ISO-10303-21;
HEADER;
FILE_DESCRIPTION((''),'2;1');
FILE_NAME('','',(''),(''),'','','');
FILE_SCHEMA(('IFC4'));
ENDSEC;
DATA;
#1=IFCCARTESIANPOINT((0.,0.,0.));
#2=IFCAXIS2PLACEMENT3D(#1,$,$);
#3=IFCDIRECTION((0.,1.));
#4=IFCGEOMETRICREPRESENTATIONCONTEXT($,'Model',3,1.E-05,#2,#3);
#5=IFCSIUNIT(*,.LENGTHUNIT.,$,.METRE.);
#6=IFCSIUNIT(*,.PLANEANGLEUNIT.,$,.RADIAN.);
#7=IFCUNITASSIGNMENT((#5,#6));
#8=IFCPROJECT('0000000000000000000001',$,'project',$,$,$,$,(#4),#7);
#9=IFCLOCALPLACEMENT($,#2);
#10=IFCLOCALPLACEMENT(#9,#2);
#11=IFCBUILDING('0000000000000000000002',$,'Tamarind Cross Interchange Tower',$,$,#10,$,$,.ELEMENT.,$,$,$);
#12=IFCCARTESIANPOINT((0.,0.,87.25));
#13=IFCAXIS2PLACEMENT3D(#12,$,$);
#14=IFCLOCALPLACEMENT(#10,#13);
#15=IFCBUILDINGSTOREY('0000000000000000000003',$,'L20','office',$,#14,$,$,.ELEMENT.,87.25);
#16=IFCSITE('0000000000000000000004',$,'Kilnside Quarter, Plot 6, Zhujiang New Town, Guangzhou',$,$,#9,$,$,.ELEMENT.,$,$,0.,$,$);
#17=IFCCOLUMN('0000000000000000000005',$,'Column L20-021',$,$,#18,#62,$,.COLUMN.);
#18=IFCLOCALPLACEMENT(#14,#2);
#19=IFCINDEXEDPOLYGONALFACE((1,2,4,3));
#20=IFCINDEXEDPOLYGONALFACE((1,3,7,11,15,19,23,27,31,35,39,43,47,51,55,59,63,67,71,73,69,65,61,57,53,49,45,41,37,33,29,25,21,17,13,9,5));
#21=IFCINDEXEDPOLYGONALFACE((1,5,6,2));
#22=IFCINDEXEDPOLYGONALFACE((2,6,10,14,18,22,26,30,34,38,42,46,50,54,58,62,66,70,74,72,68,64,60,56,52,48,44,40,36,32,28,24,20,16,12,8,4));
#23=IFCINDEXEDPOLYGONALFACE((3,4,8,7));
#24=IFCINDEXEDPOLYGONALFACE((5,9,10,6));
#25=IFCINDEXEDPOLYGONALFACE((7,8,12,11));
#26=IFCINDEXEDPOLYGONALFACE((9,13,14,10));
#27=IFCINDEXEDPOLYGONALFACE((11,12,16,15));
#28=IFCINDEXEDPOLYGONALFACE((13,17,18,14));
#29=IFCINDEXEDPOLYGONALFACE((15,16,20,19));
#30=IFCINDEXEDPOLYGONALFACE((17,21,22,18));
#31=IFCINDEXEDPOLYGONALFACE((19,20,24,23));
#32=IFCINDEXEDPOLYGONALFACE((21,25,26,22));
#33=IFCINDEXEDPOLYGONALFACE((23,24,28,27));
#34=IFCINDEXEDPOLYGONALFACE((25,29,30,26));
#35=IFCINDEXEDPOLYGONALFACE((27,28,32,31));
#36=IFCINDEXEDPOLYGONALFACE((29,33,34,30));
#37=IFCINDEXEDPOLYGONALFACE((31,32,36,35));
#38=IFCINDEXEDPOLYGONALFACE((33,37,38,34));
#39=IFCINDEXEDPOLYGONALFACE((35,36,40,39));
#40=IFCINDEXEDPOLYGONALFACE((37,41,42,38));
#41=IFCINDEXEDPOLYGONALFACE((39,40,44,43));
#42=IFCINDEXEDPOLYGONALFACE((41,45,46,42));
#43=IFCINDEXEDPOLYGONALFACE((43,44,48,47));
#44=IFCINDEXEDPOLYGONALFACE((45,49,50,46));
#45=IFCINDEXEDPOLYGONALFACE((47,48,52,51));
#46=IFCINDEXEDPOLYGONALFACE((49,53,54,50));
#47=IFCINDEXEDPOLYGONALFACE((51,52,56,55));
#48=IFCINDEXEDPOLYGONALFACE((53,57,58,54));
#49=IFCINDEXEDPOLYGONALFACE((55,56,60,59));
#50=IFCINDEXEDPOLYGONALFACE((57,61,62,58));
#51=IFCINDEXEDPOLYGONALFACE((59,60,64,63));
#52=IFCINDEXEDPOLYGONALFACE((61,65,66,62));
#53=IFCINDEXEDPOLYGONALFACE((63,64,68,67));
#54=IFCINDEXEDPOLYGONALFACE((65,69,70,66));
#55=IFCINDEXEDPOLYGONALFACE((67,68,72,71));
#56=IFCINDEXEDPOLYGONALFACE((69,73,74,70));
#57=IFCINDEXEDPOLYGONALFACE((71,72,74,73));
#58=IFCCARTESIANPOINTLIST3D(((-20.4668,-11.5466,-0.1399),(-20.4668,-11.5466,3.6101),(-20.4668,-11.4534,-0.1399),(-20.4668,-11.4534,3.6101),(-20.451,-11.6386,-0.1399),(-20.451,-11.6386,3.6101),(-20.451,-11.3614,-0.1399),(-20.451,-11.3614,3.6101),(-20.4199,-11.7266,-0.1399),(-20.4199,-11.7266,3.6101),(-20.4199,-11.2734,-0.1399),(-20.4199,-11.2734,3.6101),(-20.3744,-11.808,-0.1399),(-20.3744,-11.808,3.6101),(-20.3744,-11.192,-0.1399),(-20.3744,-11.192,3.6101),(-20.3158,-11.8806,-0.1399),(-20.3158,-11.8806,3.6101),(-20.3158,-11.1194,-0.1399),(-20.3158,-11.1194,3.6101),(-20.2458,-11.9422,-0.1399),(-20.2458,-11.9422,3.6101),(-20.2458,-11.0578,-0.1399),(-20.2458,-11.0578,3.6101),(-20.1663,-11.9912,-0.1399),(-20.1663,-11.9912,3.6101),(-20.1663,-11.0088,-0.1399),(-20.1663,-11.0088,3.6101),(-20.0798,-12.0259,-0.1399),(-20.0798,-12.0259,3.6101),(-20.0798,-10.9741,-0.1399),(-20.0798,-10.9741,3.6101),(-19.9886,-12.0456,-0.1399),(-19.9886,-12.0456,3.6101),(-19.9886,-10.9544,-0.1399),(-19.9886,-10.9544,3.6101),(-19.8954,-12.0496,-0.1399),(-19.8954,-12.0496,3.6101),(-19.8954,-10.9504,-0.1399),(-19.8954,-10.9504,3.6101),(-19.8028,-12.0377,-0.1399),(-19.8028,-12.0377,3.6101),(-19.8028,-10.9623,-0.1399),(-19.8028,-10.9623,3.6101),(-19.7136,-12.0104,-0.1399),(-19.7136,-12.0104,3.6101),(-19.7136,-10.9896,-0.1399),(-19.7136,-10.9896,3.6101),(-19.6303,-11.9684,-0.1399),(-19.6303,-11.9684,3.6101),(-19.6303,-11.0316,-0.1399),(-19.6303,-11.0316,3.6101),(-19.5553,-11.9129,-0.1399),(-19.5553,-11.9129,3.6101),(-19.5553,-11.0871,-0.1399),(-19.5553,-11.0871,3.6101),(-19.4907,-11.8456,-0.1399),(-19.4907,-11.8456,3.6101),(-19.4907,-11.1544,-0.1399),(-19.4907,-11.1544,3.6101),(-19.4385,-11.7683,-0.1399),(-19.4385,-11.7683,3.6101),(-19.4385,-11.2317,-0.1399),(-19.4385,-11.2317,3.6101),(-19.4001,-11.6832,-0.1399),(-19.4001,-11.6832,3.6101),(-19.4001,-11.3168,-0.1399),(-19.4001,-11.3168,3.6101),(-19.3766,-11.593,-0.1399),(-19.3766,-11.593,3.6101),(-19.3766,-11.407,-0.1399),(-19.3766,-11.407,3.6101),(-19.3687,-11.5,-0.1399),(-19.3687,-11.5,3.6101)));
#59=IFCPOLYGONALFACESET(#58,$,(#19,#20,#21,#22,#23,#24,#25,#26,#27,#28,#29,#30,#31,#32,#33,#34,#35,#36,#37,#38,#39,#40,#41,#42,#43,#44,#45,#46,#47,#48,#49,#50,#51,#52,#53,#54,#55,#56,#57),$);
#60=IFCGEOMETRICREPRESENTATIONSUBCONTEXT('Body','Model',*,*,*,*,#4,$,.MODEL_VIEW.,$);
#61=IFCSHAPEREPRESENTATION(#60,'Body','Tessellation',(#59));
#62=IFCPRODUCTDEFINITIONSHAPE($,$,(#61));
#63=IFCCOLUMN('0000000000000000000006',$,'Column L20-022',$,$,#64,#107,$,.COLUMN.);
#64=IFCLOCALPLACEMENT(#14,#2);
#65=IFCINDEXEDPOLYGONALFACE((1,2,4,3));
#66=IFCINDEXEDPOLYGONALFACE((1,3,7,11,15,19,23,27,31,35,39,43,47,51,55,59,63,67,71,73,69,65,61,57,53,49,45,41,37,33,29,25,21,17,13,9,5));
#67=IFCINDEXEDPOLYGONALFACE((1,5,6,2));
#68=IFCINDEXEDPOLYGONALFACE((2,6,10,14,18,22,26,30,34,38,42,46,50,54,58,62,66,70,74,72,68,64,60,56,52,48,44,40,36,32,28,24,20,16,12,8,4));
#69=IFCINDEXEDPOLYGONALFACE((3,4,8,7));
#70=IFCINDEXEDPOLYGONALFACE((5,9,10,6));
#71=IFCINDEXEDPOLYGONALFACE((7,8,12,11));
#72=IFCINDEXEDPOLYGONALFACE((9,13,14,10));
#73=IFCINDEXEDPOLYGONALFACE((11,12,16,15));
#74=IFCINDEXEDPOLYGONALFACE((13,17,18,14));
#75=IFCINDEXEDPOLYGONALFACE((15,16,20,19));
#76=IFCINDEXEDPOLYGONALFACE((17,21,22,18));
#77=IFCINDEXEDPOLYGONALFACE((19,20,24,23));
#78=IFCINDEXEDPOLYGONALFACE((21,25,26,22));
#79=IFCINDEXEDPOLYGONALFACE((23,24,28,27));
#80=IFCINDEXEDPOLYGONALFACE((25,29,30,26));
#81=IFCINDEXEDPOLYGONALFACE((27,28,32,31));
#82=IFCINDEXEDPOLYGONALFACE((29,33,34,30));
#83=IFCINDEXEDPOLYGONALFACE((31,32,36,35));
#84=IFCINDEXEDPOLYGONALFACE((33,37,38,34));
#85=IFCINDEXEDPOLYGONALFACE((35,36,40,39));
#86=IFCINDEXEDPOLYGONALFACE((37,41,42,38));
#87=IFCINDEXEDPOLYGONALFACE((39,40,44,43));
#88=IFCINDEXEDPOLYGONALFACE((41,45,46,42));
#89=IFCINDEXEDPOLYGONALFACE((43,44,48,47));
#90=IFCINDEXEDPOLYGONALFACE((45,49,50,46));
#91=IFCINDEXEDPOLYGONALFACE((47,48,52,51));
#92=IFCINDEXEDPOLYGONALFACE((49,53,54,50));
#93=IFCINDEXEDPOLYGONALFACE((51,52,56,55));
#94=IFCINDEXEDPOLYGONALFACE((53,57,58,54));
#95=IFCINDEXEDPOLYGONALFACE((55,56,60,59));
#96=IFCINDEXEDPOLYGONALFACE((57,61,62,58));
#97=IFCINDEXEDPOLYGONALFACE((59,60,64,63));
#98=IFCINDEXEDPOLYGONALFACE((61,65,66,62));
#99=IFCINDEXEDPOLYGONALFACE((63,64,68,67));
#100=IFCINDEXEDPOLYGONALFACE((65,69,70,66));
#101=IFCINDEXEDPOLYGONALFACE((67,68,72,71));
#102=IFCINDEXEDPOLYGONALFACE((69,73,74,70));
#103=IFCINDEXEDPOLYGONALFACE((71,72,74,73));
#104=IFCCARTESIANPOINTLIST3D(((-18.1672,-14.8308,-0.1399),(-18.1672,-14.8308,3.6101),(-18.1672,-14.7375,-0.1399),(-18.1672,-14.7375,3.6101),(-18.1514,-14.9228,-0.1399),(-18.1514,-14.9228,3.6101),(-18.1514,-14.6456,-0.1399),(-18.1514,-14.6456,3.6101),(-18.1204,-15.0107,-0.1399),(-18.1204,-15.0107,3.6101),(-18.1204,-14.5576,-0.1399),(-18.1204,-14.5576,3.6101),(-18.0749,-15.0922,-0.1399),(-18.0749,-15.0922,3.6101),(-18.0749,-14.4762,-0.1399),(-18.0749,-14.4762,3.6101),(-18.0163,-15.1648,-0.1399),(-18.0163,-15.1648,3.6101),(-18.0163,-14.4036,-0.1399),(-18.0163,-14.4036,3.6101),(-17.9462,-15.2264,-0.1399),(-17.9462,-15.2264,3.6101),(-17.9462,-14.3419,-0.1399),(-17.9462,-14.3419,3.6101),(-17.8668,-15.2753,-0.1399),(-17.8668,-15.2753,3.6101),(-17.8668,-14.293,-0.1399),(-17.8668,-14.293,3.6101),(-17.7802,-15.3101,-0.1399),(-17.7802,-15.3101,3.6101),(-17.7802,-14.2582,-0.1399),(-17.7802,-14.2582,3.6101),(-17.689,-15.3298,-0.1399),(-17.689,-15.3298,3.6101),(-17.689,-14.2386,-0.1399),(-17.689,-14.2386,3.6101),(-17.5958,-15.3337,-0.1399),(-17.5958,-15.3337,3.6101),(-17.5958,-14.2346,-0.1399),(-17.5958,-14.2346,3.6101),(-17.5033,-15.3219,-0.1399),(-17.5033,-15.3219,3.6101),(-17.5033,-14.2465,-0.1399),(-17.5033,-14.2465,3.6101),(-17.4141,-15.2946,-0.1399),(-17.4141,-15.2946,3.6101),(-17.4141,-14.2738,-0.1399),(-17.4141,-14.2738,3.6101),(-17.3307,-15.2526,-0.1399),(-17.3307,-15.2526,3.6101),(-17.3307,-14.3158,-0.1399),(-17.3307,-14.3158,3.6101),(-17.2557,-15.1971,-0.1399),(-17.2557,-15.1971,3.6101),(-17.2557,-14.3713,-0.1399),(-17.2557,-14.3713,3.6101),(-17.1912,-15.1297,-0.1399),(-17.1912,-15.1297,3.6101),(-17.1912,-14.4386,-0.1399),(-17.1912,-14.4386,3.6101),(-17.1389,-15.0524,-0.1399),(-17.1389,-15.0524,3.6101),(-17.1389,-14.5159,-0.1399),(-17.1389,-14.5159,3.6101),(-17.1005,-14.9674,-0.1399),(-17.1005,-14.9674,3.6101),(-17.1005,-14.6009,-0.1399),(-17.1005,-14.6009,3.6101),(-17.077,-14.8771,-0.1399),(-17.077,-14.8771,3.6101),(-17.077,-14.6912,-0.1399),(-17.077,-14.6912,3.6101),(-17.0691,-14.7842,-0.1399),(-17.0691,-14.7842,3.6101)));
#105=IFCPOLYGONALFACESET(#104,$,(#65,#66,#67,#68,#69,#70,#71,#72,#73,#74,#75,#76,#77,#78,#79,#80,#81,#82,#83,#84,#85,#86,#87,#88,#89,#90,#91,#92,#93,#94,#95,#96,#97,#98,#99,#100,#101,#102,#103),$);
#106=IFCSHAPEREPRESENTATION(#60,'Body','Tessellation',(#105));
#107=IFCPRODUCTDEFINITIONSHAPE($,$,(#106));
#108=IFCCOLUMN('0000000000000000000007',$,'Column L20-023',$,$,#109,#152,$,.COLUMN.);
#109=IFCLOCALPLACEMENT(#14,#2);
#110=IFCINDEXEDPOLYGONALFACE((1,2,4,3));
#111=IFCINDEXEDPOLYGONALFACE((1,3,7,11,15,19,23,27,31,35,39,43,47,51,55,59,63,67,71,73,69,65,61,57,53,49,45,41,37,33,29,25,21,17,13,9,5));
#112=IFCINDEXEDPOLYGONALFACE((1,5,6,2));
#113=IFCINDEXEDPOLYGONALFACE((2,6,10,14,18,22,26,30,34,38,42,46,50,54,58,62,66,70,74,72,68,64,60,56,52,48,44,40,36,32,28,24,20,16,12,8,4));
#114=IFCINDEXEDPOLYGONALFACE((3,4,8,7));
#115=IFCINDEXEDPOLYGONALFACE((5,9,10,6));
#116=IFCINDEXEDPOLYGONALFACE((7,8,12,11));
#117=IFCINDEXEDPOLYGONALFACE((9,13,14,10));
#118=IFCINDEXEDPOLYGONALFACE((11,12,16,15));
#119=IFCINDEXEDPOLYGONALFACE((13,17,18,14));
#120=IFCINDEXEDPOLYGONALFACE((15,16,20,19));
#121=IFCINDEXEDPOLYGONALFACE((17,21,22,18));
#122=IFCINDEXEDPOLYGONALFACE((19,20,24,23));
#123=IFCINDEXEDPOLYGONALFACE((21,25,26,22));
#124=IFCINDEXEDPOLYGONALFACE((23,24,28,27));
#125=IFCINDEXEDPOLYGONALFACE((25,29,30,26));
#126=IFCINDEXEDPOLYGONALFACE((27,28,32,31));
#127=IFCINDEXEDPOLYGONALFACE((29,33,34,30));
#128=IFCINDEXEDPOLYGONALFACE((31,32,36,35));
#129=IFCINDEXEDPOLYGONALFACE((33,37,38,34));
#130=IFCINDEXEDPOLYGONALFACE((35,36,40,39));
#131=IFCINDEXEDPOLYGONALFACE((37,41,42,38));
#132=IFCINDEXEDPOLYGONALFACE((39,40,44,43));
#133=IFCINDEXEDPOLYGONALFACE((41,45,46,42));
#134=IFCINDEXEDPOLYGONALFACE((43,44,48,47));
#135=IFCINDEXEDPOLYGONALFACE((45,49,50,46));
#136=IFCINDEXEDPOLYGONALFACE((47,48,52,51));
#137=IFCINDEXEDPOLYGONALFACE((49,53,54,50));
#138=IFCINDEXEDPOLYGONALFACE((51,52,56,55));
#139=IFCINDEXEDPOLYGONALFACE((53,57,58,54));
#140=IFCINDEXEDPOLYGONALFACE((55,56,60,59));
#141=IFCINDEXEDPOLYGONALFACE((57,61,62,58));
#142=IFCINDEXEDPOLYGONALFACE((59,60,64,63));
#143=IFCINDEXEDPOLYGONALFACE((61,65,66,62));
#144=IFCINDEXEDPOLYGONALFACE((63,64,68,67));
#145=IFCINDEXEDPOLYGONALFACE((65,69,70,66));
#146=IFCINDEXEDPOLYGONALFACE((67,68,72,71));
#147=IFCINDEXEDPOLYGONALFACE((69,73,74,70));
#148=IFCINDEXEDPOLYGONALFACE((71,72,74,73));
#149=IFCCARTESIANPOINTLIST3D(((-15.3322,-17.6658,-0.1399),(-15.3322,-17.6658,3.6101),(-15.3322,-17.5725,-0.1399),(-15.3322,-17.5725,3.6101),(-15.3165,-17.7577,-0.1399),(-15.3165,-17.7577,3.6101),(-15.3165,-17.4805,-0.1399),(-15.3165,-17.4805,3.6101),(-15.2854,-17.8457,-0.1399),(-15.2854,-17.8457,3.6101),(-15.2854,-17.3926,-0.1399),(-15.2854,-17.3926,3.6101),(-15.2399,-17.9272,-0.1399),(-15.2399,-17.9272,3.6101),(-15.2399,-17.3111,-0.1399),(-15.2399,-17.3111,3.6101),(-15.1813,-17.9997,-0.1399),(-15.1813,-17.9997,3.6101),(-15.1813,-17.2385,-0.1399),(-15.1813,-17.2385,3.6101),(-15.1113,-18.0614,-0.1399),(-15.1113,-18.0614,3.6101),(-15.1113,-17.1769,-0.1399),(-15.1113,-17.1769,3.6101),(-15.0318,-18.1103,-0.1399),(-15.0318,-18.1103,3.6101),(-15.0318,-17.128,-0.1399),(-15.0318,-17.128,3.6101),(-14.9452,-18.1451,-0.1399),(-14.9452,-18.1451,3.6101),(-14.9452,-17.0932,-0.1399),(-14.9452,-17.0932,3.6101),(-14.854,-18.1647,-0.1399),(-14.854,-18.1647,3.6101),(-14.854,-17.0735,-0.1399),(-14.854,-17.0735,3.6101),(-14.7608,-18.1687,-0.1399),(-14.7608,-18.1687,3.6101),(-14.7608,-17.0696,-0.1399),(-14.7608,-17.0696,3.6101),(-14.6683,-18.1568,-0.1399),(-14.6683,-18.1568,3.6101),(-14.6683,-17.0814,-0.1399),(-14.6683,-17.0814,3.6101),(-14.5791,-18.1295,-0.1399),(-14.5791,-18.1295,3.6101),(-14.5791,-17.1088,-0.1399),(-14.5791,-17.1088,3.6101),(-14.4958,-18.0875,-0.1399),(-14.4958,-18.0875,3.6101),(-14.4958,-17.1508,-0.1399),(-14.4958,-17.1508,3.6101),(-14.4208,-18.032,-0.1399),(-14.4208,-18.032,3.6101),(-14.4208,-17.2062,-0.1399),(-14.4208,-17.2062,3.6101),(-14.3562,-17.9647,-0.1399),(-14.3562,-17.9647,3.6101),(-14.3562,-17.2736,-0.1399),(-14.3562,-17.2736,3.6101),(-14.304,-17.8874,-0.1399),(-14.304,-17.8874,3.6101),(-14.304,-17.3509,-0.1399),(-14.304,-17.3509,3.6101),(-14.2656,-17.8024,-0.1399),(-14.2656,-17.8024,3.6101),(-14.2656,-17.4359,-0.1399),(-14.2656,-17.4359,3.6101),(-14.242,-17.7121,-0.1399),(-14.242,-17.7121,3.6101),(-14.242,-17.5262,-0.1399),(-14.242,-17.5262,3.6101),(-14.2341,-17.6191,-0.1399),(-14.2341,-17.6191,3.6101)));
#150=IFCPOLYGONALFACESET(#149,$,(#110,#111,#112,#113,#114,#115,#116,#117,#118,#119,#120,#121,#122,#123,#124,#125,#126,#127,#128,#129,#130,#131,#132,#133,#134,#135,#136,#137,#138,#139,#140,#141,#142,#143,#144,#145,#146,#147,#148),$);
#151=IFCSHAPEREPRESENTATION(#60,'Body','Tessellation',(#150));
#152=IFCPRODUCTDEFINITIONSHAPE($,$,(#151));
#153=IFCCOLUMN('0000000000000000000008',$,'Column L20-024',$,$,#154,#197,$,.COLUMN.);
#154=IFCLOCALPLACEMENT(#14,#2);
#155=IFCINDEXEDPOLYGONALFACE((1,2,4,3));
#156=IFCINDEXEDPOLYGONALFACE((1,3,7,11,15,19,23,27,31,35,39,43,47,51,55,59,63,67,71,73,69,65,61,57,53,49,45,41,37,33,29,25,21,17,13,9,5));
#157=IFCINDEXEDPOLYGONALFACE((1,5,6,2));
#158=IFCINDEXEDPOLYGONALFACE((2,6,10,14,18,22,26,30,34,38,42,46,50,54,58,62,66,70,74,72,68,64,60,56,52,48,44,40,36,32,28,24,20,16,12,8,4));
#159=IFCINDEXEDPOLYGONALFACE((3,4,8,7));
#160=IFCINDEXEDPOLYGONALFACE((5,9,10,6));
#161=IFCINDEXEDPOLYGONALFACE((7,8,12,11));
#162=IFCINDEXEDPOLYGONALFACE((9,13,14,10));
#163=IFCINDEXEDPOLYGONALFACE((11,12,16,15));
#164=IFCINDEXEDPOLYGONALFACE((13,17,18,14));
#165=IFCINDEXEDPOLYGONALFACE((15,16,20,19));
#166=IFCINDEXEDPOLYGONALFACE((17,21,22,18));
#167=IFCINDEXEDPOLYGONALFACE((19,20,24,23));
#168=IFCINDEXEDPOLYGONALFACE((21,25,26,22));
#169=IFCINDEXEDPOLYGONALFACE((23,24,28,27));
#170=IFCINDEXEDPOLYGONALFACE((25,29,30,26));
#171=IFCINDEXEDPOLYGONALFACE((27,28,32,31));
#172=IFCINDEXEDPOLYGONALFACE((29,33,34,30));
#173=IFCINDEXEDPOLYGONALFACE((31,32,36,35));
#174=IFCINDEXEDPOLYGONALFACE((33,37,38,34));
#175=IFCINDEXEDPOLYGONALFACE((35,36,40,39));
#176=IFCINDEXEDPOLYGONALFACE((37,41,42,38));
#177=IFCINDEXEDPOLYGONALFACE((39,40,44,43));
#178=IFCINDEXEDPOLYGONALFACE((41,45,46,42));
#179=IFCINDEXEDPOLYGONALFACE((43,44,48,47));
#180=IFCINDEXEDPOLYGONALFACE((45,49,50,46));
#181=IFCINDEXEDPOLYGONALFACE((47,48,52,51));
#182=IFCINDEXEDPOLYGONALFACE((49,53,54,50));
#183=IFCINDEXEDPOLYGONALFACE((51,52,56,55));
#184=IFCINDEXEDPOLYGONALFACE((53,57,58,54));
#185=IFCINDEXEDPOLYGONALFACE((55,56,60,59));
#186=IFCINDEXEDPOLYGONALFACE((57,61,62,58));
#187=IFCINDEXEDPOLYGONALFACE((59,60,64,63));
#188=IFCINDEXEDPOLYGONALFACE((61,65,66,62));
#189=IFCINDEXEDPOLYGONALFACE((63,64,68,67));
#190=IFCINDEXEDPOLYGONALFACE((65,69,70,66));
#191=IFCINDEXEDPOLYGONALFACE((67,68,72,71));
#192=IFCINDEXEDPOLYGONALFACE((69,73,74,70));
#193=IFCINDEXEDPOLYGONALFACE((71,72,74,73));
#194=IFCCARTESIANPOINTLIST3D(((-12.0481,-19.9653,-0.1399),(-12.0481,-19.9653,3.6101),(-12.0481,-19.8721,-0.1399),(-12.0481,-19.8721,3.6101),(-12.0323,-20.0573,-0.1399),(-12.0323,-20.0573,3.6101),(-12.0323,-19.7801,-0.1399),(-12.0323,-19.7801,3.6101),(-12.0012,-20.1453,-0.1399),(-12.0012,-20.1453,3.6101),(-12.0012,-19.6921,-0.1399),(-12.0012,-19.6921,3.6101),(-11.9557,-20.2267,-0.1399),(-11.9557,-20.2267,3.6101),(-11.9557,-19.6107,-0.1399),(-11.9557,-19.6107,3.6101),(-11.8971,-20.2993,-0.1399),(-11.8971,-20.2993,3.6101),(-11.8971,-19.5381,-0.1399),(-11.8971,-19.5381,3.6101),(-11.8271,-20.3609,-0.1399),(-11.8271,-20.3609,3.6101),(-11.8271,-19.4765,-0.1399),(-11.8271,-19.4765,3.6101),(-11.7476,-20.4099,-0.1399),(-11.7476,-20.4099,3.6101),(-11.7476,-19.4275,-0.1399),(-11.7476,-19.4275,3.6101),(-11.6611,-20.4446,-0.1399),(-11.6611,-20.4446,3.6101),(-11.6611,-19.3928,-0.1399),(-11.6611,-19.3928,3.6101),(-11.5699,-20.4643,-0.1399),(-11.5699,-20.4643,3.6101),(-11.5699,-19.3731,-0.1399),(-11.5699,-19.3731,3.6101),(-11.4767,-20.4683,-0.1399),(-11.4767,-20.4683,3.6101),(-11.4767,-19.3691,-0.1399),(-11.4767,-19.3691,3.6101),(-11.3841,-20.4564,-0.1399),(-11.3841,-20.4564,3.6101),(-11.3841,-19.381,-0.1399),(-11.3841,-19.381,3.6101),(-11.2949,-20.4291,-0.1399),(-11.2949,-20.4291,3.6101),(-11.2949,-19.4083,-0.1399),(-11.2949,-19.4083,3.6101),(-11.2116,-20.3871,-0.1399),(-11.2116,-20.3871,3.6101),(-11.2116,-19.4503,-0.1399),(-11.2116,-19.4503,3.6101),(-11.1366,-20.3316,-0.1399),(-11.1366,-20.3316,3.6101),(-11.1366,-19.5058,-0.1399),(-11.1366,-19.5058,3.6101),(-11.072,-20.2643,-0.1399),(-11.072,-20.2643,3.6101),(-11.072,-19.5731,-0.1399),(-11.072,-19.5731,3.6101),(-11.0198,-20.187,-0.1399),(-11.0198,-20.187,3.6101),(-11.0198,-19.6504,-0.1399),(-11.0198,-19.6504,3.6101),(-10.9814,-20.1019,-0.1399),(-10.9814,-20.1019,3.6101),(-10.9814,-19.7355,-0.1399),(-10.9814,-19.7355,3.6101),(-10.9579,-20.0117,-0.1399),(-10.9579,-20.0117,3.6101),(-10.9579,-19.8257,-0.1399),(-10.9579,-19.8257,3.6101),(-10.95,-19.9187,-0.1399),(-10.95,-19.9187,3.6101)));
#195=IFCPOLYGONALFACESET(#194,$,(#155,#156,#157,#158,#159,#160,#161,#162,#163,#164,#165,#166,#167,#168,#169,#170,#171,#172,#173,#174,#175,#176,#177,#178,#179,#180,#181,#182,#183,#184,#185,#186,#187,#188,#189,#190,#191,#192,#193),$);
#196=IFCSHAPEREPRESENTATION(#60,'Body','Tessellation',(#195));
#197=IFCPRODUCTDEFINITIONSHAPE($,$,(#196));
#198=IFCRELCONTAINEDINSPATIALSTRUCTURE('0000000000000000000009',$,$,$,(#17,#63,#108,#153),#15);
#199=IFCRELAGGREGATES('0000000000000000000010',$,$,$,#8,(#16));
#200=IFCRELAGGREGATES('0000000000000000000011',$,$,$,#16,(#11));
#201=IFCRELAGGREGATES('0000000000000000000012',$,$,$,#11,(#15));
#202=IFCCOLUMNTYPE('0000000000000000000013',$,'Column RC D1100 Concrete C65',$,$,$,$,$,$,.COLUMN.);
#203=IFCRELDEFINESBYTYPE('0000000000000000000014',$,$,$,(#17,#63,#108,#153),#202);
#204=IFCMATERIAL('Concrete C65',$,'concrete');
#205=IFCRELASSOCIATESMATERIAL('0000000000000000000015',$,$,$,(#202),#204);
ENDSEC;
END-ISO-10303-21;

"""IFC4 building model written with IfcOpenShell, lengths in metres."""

from ifc_helpers import new_model, si_unit, direction, frame, origin, origin_2d, place, context, subcontext, project, spatial, circle, extrude, material, material_profile, profile_set, type_object, element, save


model = new_model("IFC4")

# Units and contexts
model_context = context("Model", 3, precision=1e-05, world=origin(), true_north=direction((0.0, 1.0)))
body_context = subcontext(model_context, "Body", "Model", "MODEL_VIEW")
ifc_project = project(units=[si_unit("LENGTHUNIT", "METRE"), si_unit("PLANEANGLEUNIT", "RADIAN")], contexts=[model_context])

# Site, building, storey
site_placement = place(None, origin())
site = spatial("IfcSite", under=ifc_project, at=site_placement, Name="Kilnside Quarter, Plot 6, Zhujiang New Town, Guangzhou", CompositionType="ELEMENT", RefElevation=0.0)
building_placement = place(site_placement, origin())
building = spatial("IfcBuilding", under=site, at=building_placement, Name="Tamarind Cross Interchange Tower", CompositionType="ELEMENT")
storey_placement = place(building_placement, frame((0.0, 0.0, 87.25)))
storey = spatial("IfcBuildingStorey", under=building, at=storey_placement, Name="L20", Description="office", CompositionType="ELEMENT", Elevation=87.25)

# Columns
ifc_material_1 = material(Name="Concrete C65", Category="concrete")
ifc_material_profile_1 = material_profile(ifc_material_1, circle(Radius=0.55, at=origin_2d()), Name="RC D1100")
ifc_profile_set_1 = profile_set([ifc_material_profile_1], Name="Concrete C65")
column_type = type_object("IfcColumnType", Name="Column RC D1100 Concrete C65", PredefinedType="COLUMN", material=ifc_profile_set_1)
for number, where, z_axis, x_axis, name in (
    (1, (-19.9187, -11.5, -0.1399), (0.0, 0.0, 1.0), (1.0, 0.0, 0.0), "Column L20-021"),
    (2, (-17.6191, -14.7842, -0.1399), (0.0, 0.0, 1.0), (1.0, 0.0, 0.0), "Column L20-022"),
    (3, (-14.7842, -17.6191, -0.1399), (0.0, 0.0, 1.0), (1.0, 0.0, 0.0), "Column L20-023"),
    (4, (-11.5, -19.9187, -0.1399), (0.0, 0.0, 1.0), (1.0, 0.0, 0.0), "Column L20-024"),
):
    element("IfcColumn", number, at=place(storey_placement, frame(where, z_axis=z_axis, x_axis=x_axis)), inside=storey, type_object=column_type, Name=name, PredefinedType="COLUMN", context=body_context, shape_type="SweptSolid", body=[
        extrude(circle(Radius=0.55, at=origin_2d()), origin(), (0.0, 0.0, 1.0), 3.75),
    ])

save(model, "model.ifc")
